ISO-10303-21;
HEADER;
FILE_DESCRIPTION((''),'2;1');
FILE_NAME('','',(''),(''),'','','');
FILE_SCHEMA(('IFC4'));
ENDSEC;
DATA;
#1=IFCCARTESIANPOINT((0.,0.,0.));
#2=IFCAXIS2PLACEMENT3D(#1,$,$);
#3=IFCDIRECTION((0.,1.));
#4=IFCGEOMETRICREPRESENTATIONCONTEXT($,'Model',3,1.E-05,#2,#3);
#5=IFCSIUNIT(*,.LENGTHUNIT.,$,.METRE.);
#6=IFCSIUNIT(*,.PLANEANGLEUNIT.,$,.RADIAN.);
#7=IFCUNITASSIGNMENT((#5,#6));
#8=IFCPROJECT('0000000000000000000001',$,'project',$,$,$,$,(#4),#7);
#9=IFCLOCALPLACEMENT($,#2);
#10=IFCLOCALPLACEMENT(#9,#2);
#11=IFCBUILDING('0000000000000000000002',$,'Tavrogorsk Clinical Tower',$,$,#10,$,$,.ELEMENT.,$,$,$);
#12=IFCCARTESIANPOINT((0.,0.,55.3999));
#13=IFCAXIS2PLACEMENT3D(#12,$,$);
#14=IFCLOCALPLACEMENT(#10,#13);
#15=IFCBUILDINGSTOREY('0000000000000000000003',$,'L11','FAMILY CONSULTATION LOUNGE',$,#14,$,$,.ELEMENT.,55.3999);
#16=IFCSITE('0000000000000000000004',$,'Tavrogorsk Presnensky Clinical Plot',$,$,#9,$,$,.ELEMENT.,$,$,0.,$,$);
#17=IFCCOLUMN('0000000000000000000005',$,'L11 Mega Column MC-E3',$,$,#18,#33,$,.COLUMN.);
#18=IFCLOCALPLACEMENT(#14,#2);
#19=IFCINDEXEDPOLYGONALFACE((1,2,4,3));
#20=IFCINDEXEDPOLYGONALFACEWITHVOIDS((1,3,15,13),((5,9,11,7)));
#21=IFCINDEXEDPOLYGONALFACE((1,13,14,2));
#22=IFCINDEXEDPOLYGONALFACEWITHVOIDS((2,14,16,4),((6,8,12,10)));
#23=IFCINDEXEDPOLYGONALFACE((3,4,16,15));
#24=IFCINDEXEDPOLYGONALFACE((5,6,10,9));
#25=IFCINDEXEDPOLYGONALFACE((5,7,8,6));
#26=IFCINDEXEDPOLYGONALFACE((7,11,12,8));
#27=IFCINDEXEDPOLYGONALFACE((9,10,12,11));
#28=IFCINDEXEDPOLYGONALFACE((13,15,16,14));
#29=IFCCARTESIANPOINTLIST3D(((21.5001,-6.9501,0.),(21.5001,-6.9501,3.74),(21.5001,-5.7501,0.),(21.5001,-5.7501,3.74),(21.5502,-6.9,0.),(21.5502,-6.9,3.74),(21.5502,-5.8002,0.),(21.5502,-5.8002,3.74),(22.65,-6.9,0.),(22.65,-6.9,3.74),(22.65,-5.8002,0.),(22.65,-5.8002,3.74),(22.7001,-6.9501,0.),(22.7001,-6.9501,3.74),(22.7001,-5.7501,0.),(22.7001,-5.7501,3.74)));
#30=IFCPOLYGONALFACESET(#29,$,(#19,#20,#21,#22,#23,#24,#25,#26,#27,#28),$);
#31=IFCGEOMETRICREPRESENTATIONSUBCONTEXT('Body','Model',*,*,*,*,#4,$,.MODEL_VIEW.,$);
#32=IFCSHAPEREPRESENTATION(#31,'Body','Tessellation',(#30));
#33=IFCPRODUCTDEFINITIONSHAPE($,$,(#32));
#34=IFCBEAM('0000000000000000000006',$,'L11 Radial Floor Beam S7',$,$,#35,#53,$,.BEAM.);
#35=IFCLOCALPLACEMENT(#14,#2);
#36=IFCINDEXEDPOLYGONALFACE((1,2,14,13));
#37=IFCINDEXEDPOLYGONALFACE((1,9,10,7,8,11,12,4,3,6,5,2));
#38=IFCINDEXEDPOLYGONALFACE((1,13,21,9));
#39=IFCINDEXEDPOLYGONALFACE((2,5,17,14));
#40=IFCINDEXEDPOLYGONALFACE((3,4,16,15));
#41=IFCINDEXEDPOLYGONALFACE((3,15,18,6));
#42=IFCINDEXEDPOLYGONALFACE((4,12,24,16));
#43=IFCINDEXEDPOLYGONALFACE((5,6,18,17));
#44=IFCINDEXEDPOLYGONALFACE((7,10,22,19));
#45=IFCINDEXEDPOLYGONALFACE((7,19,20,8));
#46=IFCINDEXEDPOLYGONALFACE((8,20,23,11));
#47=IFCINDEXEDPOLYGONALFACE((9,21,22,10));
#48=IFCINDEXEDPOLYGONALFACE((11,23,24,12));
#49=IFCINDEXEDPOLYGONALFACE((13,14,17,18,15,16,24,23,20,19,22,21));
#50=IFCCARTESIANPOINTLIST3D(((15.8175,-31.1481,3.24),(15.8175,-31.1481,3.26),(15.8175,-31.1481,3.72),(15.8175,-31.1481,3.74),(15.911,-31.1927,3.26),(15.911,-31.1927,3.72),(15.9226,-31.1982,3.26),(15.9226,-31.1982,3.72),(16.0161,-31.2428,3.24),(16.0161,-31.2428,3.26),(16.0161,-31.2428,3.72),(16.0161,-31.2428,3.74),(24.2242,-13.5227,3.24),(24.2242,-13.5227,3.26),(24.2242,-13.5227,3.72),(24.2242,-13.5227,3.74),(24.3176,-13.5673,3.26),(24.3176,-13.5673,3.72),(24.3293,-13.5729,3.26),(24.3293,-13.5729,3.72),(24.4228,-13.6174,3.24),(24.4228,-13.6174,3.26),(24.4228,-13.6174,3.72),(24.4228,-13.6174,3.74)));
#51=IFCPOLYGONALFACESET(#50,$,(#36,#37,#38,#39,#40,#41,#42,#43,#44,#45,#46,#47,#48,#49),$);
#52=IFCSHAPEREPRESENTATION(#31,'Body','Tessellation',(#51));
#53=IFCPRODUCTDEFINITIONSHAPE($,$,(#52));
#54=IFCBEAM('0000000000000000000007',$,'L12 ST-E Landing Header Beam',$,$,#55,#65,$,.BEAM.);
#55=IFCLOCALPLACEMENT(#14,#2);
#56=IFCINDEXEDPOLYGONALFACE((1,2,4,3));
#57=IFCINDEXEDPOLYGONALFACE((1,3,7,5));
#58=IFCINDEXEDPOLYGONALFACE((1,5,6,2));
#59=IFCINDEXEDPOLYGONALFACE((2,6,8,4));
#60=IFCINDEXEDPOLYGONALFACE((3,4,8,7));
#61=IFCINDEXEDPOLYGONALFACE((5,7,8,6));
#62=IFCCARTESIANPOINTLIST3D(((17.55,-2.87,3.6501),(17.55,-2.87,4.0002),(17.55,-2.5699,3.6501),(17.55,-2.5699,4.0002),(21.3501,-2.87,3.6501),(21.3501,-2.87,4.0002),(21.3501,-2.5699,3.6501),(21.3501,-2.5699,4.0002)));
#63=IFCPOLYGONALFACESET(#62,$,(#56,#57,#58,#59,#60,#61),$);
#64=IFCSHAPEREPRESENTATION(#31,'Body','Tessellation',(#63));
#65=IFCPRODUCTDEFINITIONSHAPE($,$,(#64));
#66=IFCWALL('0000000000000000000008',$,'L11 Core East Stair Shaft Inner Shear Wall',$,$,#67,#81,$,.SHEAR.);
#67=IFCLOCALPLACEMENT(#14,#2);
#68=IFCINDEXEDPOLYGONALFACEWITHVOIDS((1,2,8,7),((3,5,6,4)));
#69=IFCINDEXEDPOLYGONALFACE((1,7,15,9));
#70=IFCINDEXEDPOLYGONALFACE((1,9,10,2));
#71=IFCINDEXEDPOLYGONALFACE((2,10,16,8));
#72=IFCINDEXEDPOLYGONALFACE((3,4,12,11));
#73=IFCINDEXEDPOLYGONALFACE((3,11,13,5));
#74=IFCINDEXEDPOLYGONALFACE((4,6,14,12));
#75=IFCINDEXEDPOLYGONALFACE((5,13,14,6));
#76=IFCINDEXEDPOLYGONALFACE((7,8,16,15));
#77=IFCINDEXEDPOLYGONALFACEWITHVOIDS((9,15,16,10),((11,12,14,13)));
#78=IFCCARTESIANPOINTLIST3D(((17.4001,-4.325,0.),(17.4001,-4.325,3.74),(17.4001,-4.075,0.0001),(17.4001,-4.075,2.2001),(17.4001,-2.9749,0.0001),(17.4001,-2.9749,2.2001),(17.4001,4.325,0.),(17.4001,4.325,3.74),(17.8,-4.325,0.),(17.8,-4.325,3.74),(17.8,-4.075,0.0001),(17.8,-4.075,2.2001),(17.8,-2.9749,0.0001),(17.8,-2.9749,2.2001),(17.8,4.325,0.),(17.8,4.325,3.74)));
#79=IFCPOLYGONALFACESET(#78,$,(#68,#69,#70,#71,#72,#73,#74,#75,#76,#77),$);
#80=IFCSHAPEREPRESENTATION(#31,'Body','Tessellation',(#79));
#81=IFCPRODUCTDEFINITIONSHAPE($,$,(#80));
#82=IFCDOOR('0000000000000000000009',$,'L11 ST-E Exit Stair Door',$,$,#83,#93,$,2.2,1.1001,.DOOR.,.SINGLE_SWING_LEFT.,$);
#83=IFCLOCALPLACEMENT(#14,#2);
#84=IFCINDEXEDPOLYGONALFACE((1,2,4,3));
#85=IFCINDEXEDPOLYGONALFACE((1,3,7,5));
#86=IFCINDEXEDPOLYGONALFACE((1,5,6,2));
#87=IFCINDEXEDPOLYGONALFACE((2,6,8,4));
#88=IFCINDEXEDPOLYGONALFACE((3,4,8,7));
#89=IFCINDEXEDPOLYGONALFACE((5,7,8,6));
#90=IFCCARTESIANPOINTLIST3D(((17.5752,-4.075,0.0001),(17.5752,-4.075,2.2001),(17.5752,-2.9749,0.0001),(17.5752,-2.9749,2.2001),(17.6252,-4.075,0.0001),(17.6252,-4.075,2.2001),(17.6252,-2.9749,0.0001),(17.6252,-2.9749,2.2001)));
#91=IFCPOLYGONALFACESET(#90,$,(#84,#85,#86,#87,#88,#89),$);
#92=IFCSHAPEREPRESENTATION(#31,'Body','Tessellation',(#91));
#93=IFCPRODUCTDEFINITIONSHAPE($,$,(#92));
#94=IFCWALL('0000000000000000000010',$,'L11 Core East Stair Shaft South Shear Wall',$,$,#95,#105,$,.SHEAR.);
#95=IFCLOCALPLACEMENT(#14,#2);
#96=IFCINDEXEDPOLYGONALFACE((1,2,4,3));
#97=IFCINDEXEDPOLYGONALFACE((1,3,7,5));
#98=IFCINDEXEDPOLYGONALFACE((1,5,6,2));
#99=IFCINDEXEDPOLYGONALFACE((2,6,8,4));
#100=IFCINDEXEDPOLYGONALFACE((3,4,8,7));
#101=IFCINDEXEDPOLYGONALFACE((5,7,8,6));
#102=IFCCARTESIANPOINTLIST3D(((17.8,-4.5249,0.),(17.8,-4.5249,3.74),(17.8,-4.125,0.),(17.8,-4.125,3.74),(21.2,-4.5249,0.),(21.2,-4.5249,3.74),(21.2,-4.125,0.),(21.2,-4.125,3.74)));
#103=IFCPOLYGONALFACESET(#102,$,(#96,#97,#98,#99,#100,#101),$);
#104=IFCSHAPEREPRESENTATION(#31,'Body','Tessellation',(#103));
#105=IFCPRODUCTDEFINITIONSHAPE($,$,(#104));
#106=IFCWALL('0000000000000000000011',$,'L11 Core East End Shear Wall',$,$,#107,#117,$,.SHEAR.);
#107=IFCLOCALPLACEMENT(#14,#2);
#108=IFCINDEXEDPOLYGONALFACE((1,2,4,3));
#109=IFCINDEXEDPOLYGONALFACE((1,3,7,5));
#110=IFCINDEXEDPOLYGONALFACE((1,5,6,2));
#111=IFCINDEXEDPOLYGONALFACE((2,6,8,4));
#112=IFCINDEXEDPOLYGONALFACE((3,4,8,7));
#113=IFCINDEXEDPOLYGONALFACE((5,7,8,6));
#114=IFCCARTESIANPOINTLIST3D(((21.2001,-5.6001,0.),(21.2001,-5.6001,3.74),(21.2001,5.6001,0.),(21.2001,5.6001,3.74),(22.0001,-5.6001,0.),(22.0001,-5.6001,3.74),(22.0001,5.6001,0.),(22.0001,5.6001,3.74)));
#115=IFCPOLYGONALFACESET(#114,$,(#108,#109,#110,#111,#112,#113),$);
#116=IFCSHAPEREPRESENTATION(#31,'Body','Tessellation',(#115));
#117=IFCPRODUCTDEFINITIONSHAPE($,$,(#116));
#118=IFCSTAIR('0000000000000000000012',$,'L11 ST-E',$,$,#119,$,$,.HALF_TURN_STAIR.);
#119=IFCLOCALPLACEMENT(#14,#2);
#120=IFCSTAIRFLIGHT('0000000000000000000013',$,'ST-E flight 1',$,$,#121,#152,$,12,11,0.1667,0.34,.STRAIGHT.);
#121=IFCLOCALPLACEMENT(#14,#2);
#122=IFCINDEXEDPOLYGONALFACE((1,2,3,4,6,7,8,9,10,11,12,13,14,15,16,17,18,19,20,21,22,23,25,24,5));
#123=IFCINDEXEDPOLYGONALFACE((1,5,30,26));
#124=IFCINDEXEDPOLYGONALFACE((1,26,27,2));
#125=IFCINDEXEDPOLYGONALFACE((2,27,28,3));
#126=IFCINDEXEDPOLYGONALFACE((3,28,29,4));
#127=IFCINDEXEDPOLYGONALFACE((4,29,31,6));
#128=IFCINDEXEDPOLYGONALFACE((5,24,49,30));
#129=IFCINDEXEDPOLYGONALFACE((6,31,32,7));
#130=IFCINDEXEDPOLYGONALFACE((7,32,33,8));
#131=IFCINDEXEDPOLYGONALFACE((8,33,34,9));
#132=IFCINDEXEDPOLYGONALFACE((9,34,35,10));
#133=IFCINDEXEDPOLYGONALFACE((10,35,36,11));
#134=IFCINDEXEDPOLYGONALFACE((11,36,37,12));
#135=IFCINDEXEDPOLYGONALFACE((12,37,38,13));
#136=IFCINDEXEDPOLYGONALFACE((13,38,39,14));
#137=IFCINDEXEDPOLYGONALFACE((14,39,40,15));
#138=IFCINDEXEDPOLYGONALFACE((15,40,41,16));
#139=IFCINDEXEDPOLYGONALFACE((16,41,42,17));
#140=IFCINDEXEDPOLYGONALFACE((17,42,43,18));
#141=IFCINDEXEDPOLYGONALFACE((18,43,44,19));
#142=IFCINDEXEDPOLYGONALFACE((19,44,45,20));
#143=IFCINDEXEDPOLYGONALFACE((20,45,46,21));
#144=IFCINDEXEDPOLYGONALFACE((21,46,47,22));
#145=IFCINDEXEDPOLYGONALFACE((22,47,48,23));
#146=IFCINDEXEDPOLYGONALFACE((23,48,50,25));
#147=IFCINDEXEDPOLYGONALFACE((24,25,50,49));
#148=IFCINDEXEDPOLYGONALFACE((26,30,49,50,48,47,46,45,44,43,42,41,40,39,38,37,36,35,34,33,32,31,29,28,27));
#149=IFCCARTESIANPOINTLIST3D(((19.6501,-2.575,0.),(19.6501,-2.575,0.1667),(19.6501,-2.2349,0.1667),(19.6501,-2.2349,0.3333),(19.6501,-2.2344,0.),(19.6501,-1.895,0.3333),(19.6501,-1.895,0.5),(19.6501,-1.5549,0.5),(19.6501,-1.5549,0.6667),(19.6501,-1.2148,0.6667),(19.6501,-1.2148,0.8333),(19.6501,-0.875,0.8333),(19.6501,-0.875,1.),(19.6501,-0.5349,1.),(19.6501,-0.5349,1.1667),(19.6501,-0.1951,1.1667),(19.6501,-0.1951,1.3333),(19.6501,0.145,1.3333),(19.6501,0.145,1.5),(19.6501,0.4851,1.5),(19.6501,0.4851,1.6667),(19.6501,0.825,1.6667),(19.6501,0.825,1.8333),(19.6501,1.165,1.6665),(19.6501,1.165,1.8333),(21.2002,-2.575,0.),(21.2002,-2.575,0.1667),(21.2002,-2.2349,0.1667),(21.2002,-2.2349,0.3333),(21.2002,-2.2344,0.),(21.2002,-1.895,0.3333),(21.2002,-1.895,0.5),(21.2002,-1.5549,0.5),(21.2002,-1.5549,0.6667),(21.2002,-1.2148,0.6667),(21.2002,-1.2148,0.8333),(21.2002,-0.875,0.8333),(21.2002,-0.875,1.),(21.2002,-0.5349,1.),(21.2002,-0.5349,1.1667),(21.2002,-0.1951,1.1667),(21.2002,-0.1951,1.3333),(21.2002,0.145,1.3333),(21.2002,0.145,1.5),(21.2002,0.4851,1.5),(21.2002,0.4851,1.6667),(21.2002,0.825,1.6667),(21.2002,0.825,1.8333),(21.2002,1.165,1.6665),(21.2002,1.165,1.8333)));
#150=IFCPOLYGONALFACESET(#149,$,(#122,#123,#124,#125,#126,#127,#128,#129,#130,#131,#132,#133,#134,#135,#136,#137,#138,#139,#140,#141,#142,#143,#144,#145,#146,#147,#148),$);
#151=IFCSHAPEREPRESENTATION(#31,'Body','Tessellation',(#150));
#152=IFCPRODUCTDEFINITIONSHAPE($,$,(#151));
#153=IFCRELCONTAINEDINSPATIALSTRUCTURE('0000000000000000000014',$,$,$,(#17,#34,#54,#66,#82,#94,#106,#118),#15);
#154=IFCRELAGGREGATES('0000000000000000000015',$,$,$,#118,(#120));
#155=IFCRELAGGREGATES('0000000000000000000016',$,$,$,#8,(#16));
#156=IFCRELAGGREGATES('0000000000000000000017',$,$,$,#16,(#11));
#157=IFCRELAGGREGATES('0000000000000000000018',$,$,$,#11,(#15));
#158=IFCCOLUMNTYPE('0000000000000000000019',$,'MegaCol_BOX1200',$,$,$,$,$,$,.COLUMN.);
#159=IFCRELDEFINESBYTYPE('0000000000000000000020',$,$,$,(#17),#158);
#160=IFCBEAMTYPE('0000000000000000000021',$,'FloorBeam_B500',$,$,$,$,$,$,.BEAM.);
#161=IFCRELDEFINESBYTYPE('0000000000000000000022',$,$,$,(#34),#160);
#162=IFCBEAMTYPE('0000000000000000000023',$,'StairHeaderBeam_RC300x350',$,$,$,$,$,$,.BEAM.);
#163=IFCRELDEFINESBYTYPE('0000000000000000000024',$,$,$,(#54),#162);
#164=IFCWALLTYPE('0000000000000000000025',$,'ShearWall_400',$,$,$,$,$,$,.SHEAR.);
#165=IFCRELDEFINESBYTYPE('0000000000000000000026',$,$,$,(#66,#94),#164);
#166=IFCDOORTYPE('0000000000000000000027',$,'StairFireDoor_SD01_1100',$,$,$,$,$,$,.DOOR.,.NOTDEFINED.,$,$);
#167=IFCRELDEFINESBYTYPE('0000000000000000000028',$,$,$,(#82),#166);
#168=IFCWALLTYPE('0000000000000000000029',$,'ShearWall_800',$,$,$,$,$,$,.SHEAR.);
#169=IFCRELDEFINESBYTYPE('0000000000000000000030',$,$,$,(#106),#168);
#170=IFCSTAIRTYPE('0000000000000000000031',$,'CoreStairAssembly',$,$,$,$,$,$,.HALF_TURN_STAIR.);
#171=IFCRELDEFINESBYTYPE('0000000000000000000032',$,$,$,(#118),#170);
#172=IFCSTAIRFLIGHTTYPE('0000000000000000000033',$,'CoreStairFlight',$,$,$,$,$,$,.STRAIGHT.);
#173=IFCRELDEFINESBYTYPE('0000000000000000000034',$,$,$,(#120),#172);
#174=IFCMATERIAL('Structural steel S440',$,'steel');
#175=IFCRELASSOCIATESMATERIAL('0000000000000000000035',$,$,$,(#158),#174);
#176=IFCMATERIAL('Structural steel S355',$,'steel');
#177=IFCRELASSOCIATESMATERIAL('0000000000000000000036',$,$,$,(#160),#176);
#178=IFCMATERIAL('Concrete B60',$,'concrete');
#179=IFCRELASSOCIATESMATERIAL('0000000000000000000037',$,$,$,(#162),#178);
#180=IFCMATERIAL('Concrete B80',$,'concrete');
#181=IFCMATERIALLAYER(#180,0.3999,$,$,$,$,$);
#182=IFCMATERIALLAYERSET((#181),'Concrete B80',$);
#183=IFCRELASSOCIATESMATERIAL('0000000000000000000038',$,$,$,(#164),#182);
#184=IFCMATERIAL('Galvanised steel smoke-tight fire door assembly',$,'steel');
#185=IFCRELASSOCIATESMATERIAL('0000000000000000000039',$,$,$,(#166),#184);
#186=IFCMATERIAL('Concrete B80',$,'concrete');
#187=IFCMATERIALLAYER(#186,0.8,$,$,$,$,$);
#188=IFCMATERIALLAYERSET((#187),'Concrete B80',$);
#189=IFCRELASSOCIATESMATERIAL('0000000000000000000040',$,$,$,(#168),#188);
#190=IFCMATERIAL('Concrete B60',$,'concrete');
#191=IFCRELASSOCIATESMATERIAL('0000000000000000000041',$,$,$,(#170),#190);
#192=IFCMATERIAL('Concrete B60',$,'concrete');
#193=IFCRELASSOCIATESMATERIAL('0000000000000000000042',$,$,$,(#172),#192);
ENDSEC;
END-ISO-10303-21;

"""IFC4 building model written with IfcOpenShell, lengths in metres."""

from ifc_helpers import new_model, si_unit, direction, frame, frame_2d, origin, origin_2d, place, context, subcontext, project, spatial, polyline, rectangle, hollow_rectangle, i_section, outline, extrude, material, layer, layer_set, material_profile, profile_set, type_object, element, fill, aggregate, save


model = new_model("IFC4")

# Units and contexts
model_context = context("Model", 3, precision=1e-05, world=origin(), true_north=direction((0.0, 1.0)))
body_context = subcontext(model_context, "Body", "Model", "MODEL_VIEW")
ifc_project = project(units=[si_unit("LENGTHUNIT", "METRE"), si_unit("PLANEANGLEUNIT", "RADIAN")], contexts=[model_context])

# Site, building, storey
site_placement = place(None, origin())
site = spatial("IfcSite", under=ifc_project, at=site_placement, Name="Tavrogorsk Presnensky Clinical Plot", CompositionType="ELEMENT", RefElevation=0.0)
building_placement = place(site_placement, origin())
building = spatial("IfcBuilding", under=site, at=building_placement, Name="Tavrogorsk Clinical Tower", CompositionType="ELEMENT")
storey_placement = place(building_placement, frame((0.0, 0.0, 55.3999)))
storey = spatial("IfcBuildingStorey", under=building, at=storey_placement, Name="L11", Description="FAMILY CONSULTATION LOUNGE", CompositionType="ELEMENT", Elevation=55.3999)

# Column
ifc_material_1 = material(Name="Structural steel S440", Category="steel")
ifc_material_profile_1 = material_profile(ifc_material_1, hollow_rectangle(XDim=1.2, YDim=1.2, WallThickness=0.05, at=origin_2d()), Name="BOX-1200x1200x50")
ifc_profile_set_1 = profile_set([ifc_material_profile_1], Name="Structural steel S440")
column_type = type_object("IfcColumnType", Name="MegaCol_BOX1200", PredefinedType="COLUMN", material=ifc_profile_set_1)
column_placement = place(storey_placement, frame((22.1001, -6.3501, 0.0), z_axis=(0.0, 0.0, 1.0), x_axis=(1.0, 0.0, 0.0)))
element("IfcColumn", 1, at=column_placement, inside=storey, type_object=column_type, Name="L11 Mega Column MC-E3", PredefinedType="COLUMN", context=body_context, shape_type="SweptSolid", body=[
    extrude(hollow_rectangle(XDim=1.2, YDim=1.2, WallThickness=0.05, at=origin_2d()), origin(), (0.0, 0.0, 1.0), 3.74),
])

# Beams
ifc_material_2 = material(Name="Structural steel S355", Category="steel")
ifc_material_profile_2 = material_profile(ifc_material_2, i_section(OverallWidth=0.22, OverallDepth=0.5, WebThickness=0.0129, FlangeThickness=0.02, at=origin_2d()), Name="B-500x220x13x20")
ifc_profile_set_2 = profile_set([ifc_material_profile_2], Name="Structural steel S355")
beam_type_1 = type_object("IfcBeamType", Name="FloorBeam_B500", PredefinedType="BEAM", material=ifc_profile_set_2)
beam_1_placement = place(storey_placement, frame((24.3235, -13.5701, 3.49), z_axis=(-0.430503, -0.902589, 0.0), x_axis=(0.902589, -0.430503, 0.0)))
element("IfcBeam", 2, at=beam_1_placement, inside=storey, type_object=beam_type_1, Name="L11 Radial Floor Beam S7", PredefinedType="BEAM", context=body_context, shape_type="SweptSolid", body=[
    extrude(i_section(OverallWidth=0.22, OverallDepth=0.5, WebThickness=0.0129, FlangeThickness=0.02, at=origin_2d()), origin(), (0.0, 0.0, 1.0), 19.5276),
])
ifc_material_3 = material(Name="Concrete B60", Category="concrete")
ifc_material_profile_3 = material_profile(ifc_material_3, rectangle(XDim=0.3, YDim=0.3501, at=origin_2d()), Name="RC-SHB-300x350")
ifc_profile_set_3 = profile_set([ifc_material_profile_3], Name="Concrete B60")
beam_type_2 = type_object("IfcBeamType", Name="StairHeaderBeam_RC300x350", PredefinedType="BEAM", material=ifc_profile_set_3)
beam_2_placement = place(storey_placement, frame((17.55, -2.72, 3.8252), z_axis=(1.0, 0.0, 0.0), x_axis=(0.0, 1.0, 0.0)))
element("IfcBeam", 3, at=beam_2_placement, inside=storey, type_object=beam_type_2, Name="L12 ST-E Landing Header Beam", PredefinedType="BEAM", context=body_context, shape_type="SweptSolid", body=[
    extrude(rectangle(XDim=0.3, YDim=0.3501, at=origin_2d()), origin(), (0.0, 0.0, 1.0), 3.8),
])

# Wall, opening, door
ifc_material_4 = material(Name="Concrete B80", Category="concrete")
ifc_layer_1 = layer(ifc_material_4, 0.3999)
ifc_layer_set_1 = layer_set([ifc_layer_1], Name="Concrete B80")
wall_type_1 = type_object("IfcWallType", Name="ShearWall_400", PredefinedType="SHEAR", material=ifc_layer_set_1)
wall_1_placement = place(storey_placement, frame((17.6001, -4.325, 0.0), z_axis=(0.0, 0.0, 1.0), x_axis=(0.0, 1.0, 0.0)))
wall_1 = element("IfcWall", 4, at=wall_1_placement, inside=storey, type_object=wall_type_1, Name="L11 Core East Stair Shaft Inner Shear Wall", PredefinedType="SHEAR", context=body_context, shape_type="SweptSolid", body=[
    extrude(rectangle(XDim=8.6499, YDim=0.3999, at=frame_2d((4.325, 0.0))), origin(), (0.0, 0.0, 1.0), 3.74),
])
opening_placement = place(wall_1_placement, frame((0.25, 0.0, 0.0)))
opening = element("IfcOpeningElement", 5, at=opening_placement, cuts=wall_1, PredefinedType="OPENING", context=body_context, shape_type="SweptSolid", body=[
    extrude(rectangle(XDim=1.1001, YDim=2.2, at=frame_2d((0.55, 1.1001))), frame((0.0, 0.21, 0.0), z_axis=(0.0, -1.0, 0.0), x_axis=(1.0, 0.0, 0.0)), (0.0, 0.0, 1.0), 0.4199),
])
ifc_material_5 = material(Name="Galvanised steel smoke-tight fire door assembly", Category="steel")
door_type = type_object("IfcDoorType", Name="StairFireDoor_SD01_1100", OperationType="NOTDEFINED", PredefinedType="DOOR", material=ifc_material_5)
door_placement = place(opening_placement, origin())
door = element("IfcDoor", 6, at=door_placement, inside=storey, type_object=door_type, Name="L11 ST-E Exit Stair Door", OperationType="SINGLE_SWING_LEFT", OverallHeight=2.2, OverallWidth=1.1001, PredefinedType="DOOR", context=body_context, shape_type="SweptSolid", body=[
    extrude(rectangle(XDim=1.1001, YDim=2.2, at=frame_2d((0.55, 1.1001))), frame((0.0, 0.0249, 0.0), z_axis=(0.0, -1.0, 0.0), x_axis=(1.0, 0.0, 0.0)), (0.0, 0.0, 1.0), 0.05),
])
fill(opening, door)

# Walls
wall_2_placement = place(storey_placement, frame((17.8, -4.325, 0.0), z_axis=(0.0, 0.0, 1.0), x_axis=(1.0, 0.0, 0.0)))
element("IfcWall", 7, at=wall_2_placement, inside=storey, type_object=wall_type_1, Name="L11 Core East Stair Shaft South Shear Wall", PredefinedType="SHEAR", context=body_context, shape_type="SweptSolid", body=[
    extrude(rectangle(XDim=3.3999, YDim=0.3999, at=frame_2d((1.7, 0.0))), origin(), (0.0, 0.0, 1.0), 3.74),
])
ifc_material_6 = material(Name="Concrete B80", Category="concrete")
ifc_layer_2 = layer(ifc_material_6, 0.8)
ifc_layer_set_2 = layer_set([ifc_layer_2], Name="Concrete B80")
wall_type_2 = type_object("IfcWallType", Name="ShearWall_800", PredefinedType="SHEAR", material=ifc_layer_set_2)
wall_3_placement = place(storey_placement, frame((21.6001, -5.6001, 0.0), z_axis=(0.0, 0.0, 1.0), x_axis=(0.0, 1.0, 0.0)))
element("IfcWall", 8, at=wall_3_placement, inside=storey, type_object=wall_type_2, Name="L11 Core East End Shear Wall", PredefinedType="SHEAR", context=body_context, shape_type="SweptSolid", body=[
    extrude(rectangle(XDim=11.2002, YDim=0.8, at=frame_2d((5.6001, 0.0))), origin(), (0.0, 0.0, 1.0), 3.74),
])

# Stair, stair flight
ifc_material_7 = material(Name="Concrete B60", Category="concrete")
stair_type = type_object("IfcStairType", Name="CoreStairAssembly", PredefinedType="HALF_TURN_STAIR", material=ifc_material_7)
stair_placement = place(storey_placement, origin())
stair = element("IfcStair", 9, at=stair_placement, inside=storey, type_object=stair_type, Name="L11 ST-E", PredefinedType="HALF_TURN_STAIR")
ifc_material_8 = material(Name="Concrete B60", Category="concrete")
stair_flight_type = type_object("IfcStairFlightType", Name="CoreStairFlight", PredefinedType="STRAIGHT", material=ifc_material_8)
stair_flight_placement = place(storey_placement, frame((20.425, -2.575, 0.0), z_axis=(0.0, 0.0, 1.0), x_axis=(0.0, 1.0, 0.0)))
stair_flight = element("IfcStairFlight", 10, at=stair_flight_placement, type_object=stair_flight_type, Name="ST-E flight 1", NumberOfRisers=12, NumberOfTreads=11, PredefinedType="STRAIGHT", RiserHeight=0.1667, TreadLength=0.34, context=body_context, shape_type="SweptSolid", body=[
    extrude(outline(polyline([(0.0, 0.0), (0.0, 0.1667), (0.3401, 0.1667), (0.3401, 0.3333), (0.6799, 0.3333), (0.6799, 0.5), (1.02, 0.5), (1.02, 0.6667), (1.3601, 0.6667), (1.3601, 0.8333), (1.7, 0.8333), (1.7, 1.0), (2.04, 1.0), (2.04, 1.1667), (2.3799, 1.1667), (2.3799, 1.3333), (2.72, 1.3333), (2.72, 1.5), (3.0601, 1.5), (3.0601, 1.6667), (3.3999, 1.6667), (3.3999, 1.8333), (3.74, 1.8333), (3.74, 2.0), (3.74, 1.6665), (0.3406, 0.0), (0.0, 0.0)])), frame((0.0, 0.7749, 0.0), z_axis=(0.0, -1.0, 0.0), x_axis=(1.0, 0.0, 0.0)), (0.0, 0.0, 1.0), 1.55),
])
aggregate(stair, [stair_flight])

save(model, "model.ifc")
